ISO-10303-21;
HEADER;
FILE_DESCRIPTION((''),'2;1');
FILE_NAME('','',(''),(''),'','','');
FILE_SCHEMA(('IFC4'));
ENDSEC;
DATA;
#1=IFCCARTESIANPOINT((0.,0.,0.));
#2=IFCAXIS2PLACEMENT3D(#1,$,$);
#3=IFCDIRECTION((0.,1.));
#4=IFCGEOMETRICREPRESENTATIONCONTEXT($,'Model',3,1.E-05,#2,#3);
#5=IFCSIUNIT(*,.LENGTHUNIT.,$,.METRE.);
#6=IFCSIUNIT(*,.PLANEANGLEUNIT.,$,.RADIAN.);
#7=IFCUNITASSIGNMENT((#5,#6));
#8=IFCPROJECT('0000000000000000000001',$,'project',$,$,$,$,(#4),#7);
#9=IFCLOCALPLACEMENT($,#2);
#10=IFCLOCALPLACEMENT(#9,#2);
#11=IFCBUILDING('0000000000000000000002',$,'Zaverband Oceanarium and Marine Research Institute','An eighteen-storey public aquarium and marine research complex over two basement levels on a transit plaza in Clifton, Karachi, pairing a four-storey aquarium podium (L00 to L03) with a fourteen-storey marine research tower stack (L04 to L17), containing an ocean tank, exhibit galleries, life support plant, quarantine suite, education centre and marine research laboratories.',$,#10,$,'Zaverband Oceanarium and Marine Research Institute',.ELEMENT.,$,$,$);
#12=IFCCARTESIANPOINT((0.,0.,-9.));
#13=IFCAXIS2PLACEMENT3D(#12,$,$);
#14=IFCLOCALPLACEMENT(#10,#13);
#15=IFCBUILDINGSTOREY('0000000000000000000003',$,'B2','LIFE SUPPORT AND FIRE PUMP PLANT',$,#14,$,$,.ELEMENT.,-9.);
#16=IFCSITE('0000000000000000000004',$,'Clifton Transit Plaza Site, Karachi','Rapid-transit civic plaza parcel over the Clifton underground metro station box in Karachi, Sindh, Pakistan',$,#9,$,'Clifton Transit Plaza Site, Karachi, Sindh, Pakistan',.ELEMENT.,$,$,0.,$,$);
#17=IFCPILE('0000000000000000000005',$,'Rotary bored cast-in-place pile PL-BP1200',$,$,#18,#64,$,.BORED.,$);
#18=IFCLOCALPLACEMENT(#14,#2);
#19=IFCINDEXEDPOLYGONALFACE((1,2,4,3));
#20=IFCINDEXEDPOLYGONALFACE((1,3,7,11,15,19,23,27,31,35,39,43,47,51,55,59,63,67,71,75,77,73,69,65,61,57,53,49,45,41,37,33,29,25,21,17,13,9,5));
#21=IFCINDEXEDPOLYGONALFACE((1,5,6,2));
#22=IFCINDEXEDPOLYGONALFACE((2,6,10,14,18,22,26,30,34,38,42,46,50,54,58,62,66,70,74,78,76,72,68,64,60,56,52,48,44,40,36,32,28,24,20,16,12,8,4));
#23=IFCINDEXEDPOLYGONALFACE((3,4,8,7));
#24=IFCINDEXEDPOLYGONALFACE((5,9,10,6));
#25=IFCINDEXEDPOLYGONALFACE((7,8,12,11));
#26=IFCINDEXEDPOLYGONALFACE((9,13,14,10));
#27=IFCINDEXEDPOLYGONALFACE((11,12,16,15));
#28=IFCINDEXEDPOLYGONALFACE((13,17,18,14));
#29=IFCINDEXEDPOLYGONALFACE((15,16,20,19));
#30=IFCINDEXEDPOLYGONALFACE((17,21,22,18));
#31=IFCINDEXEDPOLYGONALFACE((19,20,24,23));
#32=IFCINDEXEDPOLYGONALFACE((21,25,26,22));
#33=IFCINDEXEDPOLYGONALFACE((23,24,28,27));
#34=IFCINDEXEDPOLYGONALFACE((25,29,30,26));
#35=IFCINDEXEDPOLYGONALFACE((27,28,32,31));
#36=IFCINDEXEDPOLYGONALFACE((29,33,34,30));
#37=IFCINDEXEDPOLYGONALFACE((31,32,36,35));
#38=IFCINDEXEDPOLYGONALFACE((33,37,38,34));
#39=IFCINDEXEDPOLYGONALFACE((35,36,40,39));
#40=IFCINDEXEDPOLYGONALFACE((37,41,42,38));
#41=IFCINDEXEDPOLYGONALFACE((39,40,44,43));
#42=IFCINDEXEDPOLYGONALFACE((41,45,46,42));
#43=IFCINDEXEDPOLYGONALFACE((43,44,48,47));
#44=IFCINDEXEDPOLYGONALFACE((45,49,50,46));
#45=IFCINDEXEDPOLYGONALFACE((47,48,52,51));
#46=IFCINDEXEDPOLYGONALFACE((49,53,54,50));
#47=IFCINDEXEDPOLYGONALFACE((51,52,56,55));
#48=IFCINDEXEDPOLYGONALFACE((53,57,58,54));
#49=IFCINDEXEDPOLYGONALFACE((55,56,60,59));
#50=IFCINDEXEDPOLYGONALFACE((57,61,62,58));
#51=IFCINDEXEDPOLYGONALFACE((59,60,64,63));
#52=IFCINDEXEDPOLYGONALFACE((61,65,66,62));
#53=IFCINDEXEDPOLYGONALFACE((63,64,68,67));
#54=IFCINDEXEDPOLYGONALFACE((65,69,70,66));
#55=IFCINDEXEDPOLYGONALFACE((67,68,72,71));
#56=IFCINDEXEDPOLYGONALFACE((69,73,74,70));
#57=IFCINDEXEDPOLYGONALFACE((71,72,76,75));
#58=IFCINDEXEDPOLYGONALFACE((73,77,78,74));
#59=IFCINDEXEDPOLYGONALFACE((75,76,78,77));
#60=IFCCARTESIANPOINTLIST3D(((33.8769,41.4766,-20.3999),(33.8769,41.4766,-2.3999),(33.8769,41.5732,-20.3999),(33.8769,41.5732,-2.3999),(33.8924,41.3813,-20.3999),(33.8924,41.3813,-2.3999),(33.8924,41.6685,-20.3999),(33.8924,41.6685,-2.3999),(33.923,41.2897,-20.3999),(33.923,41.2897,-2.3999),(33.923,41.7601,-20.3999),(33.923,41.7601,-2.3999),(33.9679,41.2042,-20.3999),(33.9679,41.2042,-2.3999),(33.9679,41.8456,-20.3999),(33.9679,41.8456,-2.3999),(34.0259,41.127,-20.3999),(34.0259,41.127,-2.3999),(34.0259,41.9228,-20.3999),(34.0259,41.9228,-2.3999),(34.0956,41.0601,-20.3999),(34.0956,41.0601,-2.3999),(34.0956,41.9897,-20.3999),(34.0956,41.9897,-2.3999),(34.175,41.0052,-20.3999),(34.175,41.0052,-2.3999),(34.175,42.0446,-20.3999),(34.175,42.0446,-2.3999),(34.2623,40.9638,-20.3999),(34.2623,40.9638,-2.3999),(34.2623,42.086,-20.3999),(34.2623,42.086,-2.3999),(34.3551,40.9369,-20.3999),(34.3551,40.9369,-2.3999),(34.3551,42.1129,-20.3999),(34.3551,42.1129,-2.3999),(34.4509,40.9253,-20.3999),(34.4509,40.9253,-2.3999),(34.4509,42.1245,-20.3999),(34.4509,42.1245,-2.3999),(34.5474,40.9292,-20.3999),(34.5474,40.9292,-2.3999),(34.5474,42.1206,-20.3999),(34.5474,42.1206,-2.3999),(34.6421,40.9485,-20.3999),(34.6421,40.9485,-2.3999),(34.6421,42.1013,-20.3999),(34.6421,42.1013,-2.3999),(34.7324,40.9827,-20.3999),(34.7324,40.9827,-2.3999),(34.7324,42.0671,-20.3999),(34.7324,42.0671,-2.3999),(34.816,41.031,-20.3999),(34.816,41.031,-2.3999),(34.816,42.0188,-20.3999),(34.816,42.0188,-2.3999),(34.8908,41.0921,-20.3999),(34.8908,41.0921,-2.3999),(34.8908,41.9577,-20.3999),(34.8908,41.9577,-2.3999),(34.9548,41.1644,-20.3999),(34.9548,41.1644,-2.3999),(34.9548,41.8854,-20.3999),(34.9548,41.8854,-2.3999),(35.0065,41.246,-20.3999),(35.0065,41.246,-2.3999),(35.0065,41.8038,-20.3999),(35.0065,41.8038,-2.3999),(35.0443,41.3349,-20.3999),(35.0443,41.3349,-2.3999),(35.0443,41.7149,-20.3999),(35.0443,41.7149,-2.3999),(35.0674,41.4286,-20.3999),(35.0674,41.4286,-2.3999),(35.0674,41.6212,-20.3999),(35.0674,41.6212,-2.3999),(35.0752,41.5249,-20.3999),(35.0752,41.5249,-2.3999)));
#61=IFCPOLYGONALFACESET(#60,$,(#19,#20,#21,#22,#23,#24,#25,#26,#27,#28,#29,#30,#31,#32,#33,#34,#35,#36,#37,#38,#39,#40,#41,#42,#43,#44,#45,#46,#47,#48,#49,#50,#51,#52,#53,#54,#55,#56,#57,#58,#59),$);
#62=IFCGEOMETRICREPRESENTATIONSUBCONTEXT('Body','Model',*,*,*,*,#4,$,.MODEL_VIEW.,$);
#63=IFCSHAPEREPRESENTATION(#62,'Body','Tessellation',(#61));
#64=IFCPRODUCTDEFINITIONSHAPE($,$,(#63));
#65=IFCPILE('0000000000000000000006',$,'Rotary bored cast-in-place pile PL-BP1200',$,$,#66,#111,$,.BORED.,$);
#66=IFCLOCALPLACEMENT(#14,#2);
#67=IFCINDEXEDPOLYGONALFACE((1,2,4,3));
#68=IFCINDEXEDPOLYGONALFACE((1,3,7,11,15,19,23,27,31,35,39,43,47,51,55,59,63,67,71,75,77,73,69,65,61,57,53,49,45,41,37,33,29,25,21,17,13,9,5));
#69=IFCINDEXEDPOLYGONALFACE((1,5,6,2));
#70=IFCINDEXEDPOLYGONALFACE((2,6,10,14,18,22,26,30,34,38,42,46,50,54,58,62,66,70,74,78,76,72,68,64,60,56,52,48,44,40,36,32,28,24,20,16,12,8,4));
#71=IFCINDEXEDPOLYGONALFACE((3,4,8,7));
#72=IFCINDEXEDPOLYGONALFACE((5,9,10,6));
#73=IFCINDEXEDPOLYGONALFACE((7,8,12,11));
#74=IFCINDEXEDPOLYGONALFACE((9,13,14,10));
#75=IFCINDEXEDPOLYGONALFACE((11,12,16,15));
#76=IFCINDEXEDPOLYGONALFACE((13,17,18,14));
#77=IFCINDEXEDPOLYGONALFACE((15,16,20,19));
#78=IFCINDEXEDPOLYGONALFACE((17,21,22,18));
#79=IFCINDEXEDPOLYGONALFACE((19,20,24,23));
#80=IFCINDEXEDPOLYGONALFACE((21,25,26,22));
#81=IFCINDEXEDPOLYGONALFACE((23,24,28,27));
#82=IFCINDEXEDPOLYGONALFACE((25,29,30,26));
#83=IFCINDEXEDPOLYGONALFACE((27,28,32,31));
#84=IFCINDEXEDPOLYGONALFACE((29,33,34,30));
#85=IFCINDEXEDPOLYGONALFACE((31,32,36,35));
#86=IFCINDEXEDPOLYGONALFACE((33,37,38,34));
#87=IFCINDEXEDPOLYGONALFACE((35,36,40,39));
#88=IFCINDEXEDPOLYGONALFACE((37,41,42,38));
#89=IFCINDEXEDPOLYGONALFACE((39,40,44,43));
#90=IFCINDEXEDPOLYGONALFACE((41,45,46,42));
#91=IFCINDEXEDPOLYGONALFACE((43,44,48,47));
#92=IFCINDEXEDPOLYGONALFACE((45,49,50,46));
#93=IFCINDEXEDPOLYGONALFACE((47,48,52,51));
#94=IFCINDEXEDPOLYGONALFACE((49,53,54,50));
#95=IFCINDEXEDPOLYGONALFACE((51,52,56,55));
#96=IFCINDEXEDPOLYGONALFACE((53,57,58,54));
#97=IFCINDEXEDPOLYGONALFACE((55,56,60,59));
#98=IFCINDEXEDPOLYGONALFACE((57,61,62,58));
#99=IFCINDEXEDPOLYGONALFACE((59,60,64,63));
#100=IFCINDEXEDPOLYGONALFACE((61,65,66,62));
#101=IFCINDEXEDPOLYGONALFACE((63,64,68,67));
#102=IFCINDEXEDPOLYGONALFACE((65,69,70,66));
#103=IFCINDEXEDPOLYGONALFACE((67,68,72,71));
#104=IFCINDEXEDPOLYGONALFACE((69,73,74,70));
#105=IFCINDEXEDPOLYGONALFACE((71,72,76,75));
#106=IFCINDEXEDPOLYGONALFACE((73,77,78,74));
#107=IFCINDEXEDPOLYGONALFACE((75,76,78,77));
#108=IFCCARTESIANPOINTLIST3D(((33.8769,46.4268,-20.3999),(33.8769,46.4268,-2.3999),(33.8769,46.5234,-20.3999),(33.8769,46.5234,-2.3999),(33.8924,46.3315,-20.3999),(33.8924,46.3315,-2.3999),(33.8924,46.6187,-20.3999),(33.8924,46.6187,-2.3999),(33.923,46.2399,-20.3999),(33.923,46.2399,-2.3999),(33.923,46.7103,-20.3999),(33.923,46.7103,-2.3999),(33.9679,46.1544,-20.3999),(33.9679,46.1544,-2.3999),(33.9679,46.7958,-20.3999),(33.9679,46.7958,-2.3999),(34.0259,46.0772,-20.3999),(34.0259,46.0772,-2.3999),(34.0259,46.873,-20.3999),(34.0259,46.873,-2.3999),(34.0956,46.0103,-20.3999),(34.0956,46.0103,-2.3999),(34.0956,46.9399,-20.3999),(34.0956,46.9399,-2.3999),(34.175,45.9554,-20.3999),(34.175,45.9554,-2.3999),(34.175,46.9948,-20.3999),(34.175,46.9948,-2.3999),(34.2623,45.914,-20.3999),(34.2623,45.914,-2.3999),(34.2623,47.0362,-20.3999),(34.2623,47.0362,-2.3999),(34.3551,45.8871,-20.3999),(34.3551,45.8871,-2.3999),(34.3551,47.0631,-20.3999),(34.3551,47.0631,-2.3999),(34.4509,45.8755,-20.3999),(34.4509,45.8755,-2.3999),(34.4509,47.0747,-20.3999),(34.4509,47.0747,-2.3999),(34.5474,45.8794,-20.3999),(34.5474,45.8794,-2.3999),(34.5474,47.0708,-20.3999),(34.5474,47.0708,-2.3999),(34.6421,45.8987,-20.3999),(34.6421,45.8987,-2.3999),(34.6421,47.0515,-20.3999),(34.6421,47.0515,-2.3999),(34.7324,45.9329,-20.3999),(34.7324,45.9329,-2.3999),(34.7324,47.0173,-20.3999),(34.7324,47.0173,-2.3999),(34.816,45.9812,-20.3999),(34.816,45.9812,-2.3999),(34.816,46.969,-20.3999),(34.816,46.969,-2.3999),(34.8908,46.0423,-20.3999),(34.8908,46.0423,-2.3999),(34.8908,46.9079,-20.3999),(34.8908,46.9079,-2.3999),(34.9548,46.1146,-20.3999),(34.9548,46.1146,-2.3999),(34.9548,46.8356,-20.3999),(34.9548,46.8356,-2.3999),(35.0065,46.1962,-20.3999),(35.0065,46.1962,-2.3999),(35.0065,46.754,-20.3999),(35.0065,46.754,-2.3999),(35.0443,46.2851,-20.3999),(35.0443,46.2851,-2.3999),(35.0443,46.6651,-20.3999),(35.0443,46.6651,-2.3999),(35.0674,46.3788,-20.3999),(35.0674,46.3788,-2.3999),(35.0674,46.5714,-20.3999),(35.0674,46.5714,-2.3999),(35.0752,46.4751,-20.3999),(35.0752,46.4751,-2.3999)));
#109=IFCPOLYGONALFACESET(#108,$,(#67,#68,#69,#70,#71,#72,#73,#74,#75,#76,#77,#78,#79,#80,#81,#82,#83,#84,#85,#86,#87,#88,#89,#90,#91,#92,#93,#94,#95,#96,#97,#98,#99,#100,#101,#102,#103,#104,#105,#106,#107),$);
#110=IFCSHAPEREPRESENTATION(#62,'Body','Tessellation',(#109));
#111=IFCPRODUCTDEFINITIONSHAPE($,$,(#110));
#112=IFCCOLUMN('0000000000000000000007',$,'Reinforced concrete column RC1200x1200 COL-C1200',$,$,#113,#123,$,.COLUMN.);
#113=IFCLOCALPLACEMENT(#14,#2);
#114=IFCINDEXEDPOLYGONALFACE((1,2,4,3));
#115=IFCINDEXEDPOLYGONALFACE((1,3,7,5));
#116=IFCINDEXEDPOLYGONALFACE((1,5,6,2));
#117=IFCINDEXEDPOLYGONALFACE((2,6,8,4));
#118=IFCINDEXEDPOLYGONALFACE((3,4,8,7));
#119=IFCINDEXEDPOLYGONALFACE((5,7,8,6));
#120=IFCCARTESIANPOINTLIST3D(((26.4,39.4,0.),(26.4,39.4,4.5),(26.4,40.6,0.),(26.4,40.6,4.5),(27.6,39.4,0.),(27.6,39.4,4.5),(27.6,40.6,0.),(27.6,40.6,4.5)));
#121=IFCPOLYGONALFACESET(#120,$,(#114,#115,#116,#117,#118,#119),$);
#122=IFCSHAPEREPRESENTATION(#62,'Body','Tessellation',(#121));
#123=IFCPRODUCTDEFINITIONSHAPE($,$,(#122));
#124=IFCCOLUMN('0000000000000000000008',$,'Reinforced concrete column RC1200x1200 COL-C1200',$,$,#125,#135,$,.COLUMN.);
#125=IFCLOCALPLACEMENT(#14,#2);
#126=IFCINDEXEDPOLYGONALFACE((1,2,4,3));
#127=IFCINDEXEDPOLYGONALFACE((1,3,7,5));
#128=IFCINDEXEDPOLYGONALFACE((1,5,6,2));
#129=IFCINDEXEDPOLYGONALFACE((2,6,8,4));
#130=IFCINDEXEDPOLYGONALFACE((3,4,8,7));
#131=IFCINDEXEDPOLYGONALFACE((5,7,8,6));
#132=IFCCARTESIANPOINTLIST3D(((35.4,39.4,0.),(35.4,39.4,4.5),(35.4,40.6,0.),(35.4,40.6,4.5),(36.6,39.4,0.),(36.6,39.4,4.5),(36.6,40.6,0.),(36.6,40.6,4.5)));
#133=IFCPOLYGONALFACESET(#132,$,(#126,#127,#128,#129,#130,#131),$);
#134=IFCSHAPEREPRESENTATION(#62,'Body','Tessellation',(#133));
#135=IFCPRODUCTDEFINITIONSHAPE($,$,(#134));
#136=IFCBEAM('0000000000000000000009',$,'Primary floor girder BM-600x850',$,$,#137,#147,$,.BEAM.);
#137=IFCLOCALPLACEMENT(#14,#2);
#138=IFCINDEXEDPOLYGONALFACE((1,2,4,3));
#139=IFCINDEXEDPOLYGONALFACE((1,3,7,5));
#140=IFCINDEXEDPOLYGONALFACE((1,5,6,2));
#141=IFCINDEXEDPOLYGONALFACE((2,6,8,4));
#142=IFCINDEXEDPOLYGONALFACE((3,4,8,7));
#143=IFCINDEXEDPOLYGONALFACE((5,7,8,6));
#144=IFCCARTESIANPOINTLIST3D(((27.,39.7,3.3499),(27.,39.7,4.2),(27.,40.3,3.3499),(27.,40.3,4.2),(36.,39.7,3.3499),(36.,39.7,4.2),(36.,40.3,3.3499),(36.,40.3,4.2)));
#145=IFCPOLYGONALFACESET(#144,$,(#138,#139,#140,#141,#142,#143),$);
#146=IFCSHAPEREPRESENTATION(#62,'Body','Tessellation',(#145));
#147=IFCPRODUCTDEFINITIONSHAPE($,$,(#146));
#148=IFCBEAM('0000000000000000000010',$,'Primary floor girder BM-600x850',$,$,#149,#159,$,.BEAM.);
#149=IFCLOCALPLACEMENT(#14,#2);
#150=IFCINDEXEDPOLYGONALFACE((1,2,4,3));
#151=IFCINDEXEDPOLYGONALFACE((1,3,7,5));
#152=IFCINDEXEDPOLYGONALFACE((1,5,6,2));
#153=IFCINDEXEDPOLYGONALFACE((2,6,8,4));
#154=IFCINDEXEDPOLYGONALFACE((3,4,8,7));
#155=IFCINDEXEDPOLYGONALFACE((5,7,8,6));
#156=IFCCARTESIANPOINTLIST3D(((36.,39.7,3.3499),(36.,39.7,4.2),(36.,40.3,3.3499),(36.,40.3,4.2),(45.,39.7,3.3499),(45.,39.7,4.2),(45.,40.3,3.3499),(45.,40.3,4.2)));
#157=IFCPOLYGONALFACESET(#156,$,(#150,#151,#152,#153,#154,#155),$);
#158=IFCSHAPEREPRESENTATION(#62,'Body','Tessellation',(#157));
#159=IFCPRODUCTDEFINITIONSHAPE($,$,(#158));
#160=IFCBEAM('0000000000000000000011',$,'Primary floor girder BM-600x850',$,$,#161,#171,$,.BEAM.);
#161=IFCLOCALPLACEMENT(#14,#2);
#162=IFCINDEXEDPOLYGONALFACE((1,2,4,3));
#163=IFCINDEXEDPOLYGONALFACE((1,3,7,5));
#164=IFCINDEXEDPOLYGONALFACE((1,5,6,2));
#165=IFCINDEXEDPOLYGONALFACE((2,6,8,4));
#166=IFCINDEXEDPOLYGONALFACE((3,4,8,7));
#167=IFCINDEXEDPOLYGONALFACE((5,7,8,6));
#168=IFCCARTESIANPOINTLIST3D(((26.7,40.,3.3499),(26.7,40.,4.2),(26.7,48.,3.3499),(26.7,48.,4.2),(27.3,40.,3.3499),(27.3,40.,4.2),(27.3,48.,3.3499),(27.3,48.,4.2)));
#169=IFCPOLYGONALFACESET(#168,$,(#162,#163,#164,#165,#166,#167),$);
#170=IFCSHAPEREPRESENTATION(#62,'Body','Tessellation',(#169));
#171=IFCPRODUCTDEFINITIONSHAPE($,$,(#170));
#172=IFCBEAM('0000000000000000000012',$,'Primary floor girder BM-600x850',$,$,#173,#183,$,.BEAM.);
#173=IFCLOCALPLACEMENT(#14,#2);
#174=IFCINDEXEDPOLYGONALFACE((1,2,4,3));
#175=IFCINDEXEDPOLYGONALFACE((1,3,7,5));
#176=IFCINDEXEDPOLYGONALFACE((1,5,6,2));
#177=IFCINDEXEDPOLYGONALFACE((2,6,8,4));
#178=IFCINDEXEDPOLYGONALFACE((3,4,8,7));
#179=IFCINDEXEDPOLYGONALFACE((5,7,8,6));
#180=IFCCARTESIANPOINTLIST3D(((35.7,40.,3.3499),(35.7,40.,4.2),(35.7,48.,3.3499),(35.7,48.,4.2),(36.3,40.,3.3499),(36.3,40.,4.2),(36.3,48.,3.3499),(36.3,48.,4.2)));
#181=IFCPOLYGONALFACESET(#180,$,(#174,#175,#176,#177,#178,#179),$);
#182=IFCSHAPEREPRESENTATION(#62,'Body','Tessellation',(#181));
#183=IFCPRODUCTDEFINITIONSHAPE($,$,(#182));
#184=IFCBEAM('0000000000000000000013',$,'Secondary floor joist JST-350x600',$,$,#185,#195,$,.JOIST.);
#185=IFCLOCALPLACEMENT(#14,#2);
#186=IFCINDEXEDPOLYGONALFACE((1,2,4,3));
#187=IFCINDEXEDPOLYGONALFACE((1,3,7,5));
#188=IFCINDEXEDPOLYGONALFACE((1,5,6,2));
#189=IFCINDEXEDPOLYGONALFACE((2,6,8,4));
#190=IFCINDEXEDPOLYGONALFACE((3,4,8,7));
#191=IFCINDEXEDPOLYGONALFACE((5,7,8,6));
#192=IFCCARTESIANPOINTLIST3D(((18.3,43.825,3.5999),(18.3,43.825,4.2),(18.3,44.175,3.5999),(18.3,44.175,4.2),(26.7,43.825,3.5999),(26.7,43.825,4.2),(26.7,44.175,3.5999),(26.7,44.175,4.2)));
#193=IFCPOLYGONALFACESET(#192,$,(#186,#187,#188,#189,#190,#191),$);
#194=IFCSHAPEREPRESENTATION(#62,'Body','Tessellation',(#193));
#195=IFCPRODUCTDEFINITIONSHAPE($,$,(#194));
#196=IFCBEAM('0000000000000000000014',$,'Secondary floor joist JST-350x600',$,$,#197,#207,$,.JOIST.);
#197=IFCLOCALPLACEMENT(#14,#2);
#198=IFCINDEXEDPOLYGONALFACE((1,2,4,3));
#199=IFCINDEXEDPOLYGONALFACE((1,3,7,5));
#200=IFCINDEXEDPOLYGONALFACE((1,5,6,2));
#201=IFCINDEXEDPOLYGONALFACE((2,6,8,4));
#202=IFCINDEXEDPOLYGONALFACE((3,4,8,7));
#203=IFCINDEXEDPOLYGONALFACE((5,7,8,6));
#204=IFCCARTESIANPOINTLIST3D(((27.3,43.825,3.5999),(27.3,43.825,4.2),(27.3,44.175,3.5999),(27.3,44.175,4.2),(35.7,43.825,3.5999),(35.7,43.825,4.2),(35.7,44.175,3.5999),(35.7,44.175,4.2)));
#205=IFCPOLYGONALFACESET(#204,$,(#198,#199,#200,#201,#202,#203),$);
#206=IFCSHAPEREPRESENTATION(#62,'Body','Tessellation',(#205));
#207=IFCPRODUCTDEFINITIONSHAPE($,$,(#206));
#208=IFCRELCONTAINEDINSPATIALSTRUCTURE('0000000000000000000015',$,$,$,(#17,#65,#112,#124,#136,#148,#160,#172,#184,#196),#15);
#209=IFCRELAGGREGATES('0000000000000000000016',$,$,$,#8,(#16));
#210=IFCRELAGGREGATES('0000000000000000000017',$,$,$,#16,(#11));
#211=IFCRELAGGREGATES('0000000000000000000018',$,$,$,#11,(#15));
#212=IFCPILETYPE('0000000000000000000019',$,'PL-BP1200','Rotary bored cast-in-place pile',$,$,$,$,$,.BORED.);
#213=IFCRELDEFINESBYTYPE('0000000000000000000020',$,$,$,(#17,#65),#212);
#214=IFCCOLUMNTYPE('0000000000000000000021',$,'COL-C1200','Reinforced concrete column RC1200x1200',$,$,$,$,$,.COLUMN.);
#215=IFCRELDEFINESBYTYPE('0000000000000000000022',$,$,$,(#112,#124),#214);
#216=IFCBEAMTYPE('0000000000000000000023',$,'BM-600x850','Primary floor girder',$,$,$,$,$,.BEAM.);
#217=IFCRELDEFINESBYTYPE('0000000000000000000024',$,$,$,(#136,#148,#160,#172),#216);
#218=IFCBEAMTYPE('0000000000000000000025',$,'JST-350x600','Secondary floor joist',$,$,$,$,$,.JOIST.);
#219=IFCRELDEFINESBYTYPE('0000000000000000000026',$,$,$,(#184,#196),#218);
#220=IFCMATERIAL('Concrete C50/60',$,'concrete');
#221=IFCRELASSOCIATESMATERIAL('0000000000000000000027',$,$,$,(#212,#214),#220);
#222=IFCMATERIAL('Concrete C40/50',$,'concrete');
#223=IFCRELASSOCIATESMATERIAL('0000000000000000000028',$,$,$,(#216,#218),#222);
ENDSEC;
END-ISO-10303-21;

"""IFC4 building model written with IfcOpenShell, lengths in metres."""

from ifc_helpers import new_model, si_unit, direction, frame, origin, origin_2d, place, context, subcontext, project, spatial, rectangle, circle, extrude, material, material_profile, profile_set, type_object, element, save


model = new_model("IFC4")

# Units and contexts
model_context = context("Model", 3, precision=1e-05, world=origin(), true_north=direction((0.0, 1.0)))
body_context = subcontext(model_context, "Body", "Model", "MODEL_VIEW")
ifc_project = project(units=[si_unit("LENGTHUNIT", "METRE"), si_unit("PLANEANGLEUNIT", "RADIAN")], contexts=[model_context])

# Site, building, storey
site_placement = place(None, origin())
site = spatial("IfcSite", under=ifc_project, at=site_placement, Name="Clifton Transit Plaza Site, Karachi", Description="Rapid-transit civic plaza parcel over the Clifton underground metro station box in Karachi, Sindh, Pakistan", LongName="Clifton Transit Plaza Site, Karachi, Sindh, Pakistan", CompositionType="ELEMENT", RefElevation=0.0)
building_placement = place(site_placement, origin())
building = spatial("IfcBuilding", under=site, at=building_placement, Name="Zaverband Oceanarium and Marine Research Institute", Description="An eighteen-storey public aquarium and marine research complex over two basement levels on a transit plaza in Clifton, Karachi, pairing a four-storey aquarium podium (L00 to L03) with a fourteen-storey marine research tower stack (L04 to L17), containing an ocean tank, exhibit galleries, life support plant, quarantine suite, education centre and marine research laboratories.", LongName="Zaverband Oceanarium and Marine Research Institute", CompositionType="ELEMENT")
storey_placement = place(building_placement, frame((0.0, 0.0, -9.0)))
storey = spatial("IfcBuildingStorey", under=building, at=storey_placement, Name="B2", Description="LIFE SUPPORT AND FIRE PUMP PLANT", CompositionType="ELEMENT", Elevation=-9.0)

# Shared definitions
ifc_material_1 = material(Name="Concrete C50/60", Category="concrete")

# Piles
ifc_material_profile_1 = material_profile(ifc_material_1, circle(Radius=0.6001, at=origin_2d()), Name="BP1200")
ifc_profile_set_1 = profile_set([ifc_material_profile_1], Name="Concrete C50/60")
pile_type = type_object("IfcPileType", Name="PL-BP1200", Description="Rotary bored cast-in-place pile", PredefinedType="BORED", material=ifc_profile_set_1)
for number, where, z_axis, x_axis, name in (
    (1, (34.4751, 41.5249, -2.3999), (0.0, 0.0, -1.0), (1.0, 0.0, 0.0), "Rotary bored cast-in-place pile PL-BP1200"),
    (2, (34.4751, 46.4751, -2.3999), (0.0, 0.0, -1.0), (1.0, 0.0, 0.0), "Rotary bored cast-in-place pile PL-BP1200"),
):
    element("IfcPile", number, at=place(storey_placement, frame(where, z_axis=z_axis, x_axis=x_axis)), inside=storey, type_object=pile_type, Name=name, PredefinedType="BORED", context=body_context, shape_type="SweptSolid", body=[
        extrude(circle(Radius=0.6001, at=origin_2d()), origin(), (0.0, 0.0, 1.0), 18.0),
    ])

# Columns
ifc_material_profile_2 = material_profile(ifc_material_1, rectangle(XDim=1.2, YDim=1.2, at=origin_2d()), Name="RC1200x1200")
ifc_profile_set_2 = profile_set([ifc_material_profile_2], Name="Concrete C50/60")
column_type = type_object("IfcColumnType", Name="COL-C1200", Description="Reinforced concrete column RC1200x1200", PredefinedType="COLUMN", material=ifc_profile_set_2)
for number, where, z_axis, x_axis, name in (
    (3, (27.0, 40.0, 0.0), (0.0, 0.0, 1.0), (1.0, 0.0, 0.0), "Reinforced concrete column RC1200x1200 COL-C1200"),
    (4, (36.0, 40.0, 0.0), (0.0, 0.0, 1.0), (1.0, 0.0, 0.0), "Reinforced concrete column RC1200x1200 COL-C1200"),
):
    element("IfcColumn", number, at=place(storey_placement, frame(where, z_axis=z_axis, x_axis=x_axis)), inside=storey, type_object=column_type, Name=name, PredefinedType="COLUMN", context=body_context, shape_type="SweptSolid", body=[
        extrude(rectangle(XDim=1.2, YDim=1.2, at=origin_2d()), origin(), (0.0, 0.0, 1.0), 4.5),
    ])

# Beams
ifc_material_2 = material(Name="Concrete C40/50", Category="concrete")
ifc_material_profile_3 = material_profile(ifc_material_2, rectangle(XDim=0.6001, YDim=0.8501, at=origin_2d()), Name="RC600x850")
ifc_profile_set_3 = profile_set([ifc_material_profile_3], Name="Concrete C40/50")
beam_type_1 = type_object("IfcBeamType", Name="BM-600x850", Description="Primary floor girder", PredefinedType="BEAM", material=ifc_profile_set_3)
for number, where, z_axis, x_axis, name in (
    (5, (27.0, 40.0, 3.7749), (1.0, 0.0, 0.0), (0.0, 1.0, 0.0), "Primary floor girder BM-600x850"),
    (6, (36.0, 40.0, 3.7749), (1.0, 0.0, 0.0), (0.0, 1.0, 0.0), "Primary floor girder BM-600x850"),
):
    element("IfcBeam", number, at=place(storey_placement, frame(where, z_axis=z_axis, x_axis=x_axis)), inside=storey, type_object=beam_type_1, Name=name, PredefinedType="BEAM", context=body_context, shape_type="SweptSolid", body=[
        extrude(rectangle(XDim=0.6001, YDim=0.8501, at=origin_2d()), origin(), (0.0, 0.0, 1.0), 9.0),
    ])
for number, where, z_axis, x_axis, name in (
    (7, (27.0, 40.0, 3.7749), (0.0, 1.0, 0.0), (-1.0, 0.0, 0.0), "Primary floor girder BM-600x850"),
    (8, (36.0, 40.0, 3.7749), (0.0, 1.0, 0.0), (-1.0, 0.0, 0.0), "Primary floor girder BM-600x850"),
):
    element("IfcBeam", number, at=place(storey_placement, frame(where, z_axis=z_axis, x_axis=x_axis)), inside=storey, type_object=beam_type_1, Name=name, PredefinedType="BEAM", context=body_context, shape_type="SweptSolid", body=[
        extrude(rectangle(XDim=0.6001, YDim=0.8501, at=origin_2d()), origin(), (0.0, 0.0, 1.0), 8.0),
    ])
ifc_material_profile_4 = material_profile(ifc_material_2, rectangle(XDim=0.3501, YDim=0.6001, at=origin_2d()), Name="RC350x600")
ifc_profile_set_4 = profile_set([ifc_material_profile_4], Name="Concrete C40/50")
beam_type_2 = type_object("IfcBeamType", Name="JST-350x600", Description="Secondary floor joist", PredefinedType="JOIST", material=ifc_profile_set_4)
for number, where, z_axis, x_axis, name in (
    (9, (18.3, 44.0, 3.8999), (1.0, 0.0, 0.0), (0.0, 1.0, 0.0), "Secondary floor joist JST-350x600"),
    (10, (27.3, 44.0, 3.8999), (1.0, 0.0, 0.0), (0.0, 1.0, 0.0), "Secondary floor joist JST-350x600"),
):
    element("IfcBeam", number, at=place(storey_placement, frame(where, z_axis=z_axis, x_axis=x_axis)), inside=storey, type_object=beam_type_2, Name=name, PredefinedType="JOIST", context=body_context, shape_type="SweptSolid", body=[
        extrude(rectangle(XDim=0.3501, YDim=0.6001, at=origin_2d()), origin(), (0.0, 0.0, 1.0), 8.3999),
    ])

save(model, "model.ifc")
